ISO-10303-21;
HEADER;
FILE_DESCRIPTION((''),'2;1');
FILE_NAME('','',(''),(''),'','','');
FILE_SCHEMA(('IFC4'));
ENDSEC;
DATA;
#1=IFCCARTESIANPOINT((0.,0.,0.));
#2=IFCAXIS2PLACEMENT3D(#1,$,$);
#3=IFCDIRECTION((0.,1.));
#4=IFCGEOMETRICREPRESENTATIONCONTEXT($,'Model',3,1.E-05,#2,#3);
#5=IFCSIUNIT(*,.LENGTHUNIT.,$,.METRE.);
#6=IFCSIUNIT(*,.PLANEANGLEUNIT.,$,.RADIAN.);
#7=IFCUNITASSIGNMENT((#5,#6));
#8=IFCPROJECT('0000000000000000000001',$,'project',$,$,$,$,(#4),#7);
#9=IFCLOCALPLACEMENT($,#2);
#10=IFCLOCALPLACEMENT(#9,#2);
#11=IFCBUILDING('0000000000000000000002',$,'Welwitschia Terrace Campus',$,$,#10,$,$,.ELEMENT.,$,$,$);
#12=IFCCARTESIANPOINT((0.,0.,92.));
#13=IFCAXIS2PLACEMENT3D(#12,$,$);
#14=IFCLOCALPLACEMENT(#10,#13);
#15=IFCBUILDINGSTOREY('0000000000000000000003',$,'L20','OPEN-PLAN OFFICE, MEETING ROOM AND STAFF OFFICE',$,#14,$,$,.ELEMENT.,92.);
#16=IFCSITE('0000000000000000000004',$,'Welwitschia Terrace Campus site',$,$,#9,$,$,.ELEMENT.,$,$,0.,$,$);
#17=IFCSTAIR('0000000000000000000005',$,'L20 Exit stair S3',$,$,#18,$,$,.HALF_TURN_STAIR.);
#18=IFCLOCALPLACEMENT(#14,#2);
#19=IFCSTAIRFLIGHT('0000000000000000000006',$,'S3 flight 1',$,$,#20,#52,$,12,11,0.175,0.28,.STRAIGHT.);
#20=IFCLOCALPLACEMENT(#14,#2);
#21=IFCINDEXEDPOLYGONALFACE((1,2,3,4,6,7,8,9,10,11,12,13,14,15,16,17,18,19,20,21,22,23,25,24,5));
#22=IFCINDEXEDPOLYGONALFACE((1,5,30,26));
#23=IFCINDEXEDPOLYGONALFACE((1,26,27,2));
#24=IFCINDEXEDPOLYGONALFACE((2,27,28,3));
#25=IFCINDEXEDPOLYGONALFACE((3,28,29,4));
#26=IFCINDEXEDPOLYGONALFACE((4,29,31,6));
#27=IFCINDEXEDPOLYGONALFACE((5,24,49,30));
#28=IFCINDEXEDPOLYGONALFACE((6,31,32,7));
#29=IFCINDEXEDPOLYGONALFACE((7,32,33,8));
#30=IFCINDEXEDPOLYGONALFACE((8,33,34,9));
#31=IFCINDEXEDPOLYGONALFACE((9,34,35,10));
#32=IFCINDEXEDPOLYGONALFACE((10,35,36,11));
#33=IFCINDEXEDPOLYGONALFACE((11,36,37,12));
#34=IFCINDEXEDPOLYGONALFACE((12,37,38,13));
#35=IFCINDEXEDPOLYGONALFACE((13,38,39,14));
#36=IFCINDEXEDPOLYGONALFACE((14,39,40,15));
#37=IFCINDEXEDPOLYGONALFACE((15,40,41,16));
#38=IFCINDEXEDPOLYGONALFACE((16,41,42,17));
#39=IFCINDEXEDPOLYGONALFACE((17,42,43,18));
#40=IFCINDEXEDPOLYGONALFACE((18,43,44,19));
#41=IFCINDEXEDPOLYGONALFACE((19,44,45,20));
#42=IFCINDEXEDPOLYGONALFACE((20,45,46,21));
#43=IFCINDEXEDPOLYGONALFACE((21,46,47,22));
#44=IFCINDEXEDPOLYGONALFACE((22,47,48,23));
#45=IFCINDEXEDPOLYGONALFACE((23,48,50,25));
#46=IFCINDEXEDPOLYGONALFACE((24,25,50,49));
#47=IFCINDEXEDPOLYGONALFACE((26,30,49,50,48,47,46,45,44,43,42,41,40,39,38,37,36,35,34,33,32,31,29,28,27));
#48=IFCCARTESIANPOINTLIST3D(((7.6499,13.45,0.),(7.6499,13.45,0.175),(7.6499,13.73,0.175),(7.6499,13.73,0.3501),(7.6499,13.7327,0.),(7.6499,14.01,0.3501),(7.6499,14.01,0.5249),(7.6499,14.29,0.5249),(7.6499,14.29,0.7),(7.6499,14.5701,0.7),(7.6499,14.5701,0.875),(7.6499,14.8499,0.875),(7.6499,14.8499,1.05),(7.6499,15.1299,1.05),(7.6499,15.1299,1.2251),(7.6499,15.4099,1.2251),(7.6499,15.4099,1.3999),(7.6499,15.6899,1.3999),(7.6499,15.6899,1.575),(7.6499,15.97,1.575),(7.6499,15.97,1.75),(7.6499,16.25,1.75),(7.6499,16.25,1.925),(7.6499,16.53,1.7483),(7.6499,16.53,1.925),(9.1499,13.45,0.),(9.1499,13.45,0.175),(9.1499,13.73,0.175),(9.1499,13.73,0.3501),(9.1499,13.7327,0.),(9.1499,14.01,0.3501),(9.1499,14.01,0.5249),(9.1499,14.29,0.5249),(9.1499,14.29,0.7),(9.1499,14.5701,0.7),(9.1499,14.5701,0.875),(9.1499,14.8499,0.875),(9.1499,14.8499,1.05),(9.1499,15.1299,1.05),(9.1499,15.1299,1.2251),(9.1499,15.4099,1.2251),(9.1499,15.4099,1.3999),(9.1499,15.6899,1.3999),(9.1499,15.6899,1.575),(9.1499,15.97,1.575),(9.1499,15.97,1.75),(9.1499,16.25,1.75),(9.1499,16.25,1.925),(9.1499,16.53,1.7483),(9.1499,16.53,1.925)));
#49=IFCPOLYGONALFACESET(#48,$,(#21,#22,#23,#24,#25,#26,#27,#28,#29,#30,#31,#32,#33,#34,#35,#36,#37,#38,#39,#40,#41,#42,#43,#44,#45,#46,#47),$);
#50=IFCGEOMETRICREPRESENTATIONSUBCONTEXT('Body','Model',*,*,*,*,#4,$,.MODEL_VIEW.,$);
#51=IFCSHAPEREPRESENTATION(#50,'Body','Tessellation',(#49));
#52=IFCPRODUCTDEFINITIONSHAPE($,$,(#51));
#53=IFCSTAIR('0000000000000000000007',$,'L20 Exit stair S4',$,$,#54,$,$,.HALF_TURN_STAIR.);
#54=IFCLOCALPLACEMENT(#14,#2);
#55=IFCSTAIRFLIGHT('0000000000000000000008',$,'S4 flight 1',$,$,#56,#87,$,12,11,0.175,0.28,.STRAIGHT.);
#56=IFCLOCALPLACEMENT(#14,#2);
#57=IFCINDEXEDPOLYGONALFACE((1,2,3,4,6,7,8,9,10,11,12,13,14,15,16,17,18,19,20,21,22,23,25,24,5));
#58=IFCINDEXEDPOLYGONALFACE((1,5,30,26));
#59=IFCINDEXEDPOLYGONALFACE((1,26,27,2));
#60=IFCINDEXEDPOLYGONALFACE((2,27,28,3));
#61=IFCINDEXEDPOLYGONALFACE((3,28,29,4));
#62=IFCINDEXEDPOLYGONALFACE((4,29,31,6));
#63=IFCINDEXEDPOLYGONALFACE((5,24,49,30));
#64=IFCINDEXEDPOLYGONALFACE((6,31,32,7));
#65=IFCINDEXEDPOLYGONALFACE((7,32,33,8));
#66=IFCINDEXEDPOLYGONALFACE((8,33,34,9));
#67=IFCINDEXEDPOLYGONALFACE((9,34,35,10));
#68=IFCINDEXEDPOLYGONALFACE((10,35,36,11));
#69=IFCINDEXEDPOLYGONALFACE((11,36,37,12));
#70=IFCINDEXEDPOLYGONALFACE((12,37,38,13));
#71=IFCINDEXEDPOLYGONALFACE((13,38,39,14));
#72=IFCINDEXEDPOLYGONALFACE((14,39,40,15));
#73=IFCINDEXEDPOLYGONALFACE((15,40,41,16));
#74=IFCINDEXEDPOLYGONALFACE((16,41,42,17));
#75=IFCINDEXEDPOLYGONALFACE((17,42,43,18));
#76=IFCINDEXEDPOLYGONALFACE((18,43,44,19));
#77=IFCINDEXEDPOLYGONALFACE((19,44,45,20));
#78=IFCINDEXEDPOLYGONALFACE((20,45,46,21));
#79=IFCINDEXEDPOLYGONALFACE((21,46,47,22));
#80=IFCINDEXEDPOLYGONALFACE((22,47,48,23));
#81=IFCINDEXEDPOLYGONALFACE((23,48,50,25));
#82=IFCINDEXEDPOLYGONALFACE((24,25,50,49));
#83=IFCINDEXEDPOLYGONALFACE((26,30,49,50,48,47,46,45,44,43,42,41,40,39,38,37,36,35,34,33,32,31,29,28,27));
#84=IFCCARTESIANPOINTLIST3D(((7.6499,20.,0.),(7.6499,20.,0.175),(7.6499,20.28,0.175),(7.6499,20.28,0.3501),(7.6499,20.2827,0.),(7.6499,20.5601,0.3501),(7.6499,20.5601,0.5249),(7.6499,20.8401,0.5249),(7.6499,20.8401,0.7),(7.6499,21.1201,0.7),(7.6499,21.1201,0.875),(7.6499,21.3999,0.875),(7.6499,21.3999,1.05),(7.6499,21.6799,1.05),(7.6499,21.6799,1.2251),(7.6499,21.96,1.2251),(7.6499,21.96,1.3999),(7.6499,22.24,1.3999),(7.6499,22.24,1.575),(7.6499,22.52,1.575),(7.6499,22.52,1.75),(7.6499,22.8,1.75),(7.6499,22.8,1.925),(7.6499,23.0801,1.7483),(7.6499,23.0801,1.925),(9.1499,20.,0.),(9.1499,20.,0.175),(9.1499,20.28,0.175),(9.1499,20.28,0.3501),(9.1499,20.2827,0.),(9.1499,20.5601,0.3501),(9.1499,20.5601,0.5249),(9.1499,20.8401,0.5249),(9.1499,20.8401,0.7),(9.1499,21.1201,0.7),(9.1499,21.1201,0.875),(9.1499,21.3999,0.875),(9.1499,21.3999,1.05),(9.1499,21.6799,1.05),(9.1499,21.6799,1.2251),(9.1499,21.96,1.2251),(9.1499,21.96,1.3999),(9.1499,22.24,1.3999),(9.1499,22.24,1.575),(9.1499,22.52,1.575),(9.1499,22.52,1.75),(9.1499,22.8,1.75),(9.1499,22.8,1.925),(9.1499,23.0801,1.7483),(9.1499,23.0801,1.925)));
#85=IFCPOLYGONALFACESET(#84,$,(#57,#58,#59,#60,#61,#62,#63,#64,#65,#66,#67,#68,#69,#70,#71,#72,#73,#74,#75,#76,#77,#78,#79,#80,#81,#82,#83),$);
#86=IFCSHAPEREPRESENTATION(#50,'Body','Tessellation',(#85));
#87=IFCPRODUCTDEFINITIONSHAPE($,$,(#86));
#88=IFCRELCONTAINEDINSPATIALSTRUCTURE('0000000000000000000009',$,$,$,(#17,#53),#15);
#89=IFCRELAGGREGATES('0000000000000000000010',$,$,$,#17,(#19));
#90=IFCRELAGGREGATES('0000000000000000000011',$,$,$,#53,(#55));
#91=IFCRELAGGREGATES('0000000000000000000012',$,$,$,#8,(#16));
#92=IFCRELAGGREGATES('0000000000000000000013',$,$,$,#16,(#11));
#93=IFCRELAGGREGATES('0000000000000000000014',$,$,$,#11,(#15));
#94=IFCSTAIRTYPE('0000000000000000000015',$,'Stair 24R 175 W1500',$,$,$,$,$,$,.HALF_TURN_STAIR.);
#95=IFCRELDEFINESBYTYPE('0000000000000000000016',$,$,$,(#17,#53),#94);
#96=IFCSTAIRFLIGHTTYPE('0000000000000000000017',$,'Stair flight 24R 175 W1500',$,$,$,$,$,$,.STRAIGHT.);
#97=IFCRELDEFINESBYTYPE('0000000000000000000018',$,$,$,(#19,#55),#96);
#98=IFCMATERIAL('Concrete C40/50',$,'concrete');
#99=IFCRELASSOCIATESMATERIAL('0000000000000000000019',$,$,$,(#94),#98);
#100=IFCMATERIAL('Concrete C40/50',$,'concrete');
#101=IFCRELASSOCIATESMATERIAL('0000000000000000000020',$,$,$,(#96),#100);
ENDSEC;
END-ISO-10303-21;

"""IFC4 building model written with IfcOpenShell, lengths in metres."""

from ifc_helpers import new_model, si_unit, direction, frame, origin, place, context, subcontext, project, spatial, polyline, outline, extrude, material, type_object, element, aggregate, save


model = new_model("IFC4")

# Units and contexts
model_context = context("Model", 3, precision=1e-05, world=origin(), true_north=direction((0.0, 1.0)))
body_context = subcontext(model_context, "Body", "Model", "MODEL_VIEW")
ifc_project = project(units=[si_unit("LENGTHUNIT", "METRE"), si_unit("PLANEANGLEUNIT", "RADIAN")], contexts=[model_context])

# Site, building, storey
site_placement = place(None, origin())
site = spatial("IfcSite", under=ifc_project, at=site_placement, Name="Welwitschia Terrace Campus site", CompositionType="ELEMENT", RefElevation=0.0)
building_placement = place(site_placement, origin())
building = spatial("IfcBuilding", under=site, at=building_placement, Name="Welwitschia Terrace Campus", CompositionType="ELEMENT")
storey_placement = place(building_placement, frame((0.0, 0.0, 92.0)))
storey = spatial("IfcBuildingStorey", under=building, at=storey_placement, Name="L20", Description="OPEN-PLAN OFFICE, MEETING ROOM AND STAFF OFFICE", CompositionType="ELEMENT", Elevation=92.0)

# Stairs, stair flights
ifc_material_1 = material(Name="Concrete C40/50", Category="concrete")
stair_type = type_object("IfcStairType", Name="Stair 24R 175 W1500", PredefinedType="HALF_TURN_STAIR", material=ifc_material_1)
stair_1_placement = place(storey_placement, origin())
stair_1 = element("IfcStair", 1, at=stair_1_placement, inside=storey, type_object=stair_type, Name="L20 Exit stair S3", PredefinedType="HALF_TURN_STAIR")
ifc_material_2 = material(Name="Concrete C40/50", Category="concrete")
stair_flight_type = type_object("IfcStairFlightType", Name="Stair flight 24R 175 W1500", PredefinedType="STRAIGHT", material=ifc_material_2)
stair_flight_1_placement = place(storey_placement, frame((8.3999, 13.45, 0.0), z_axis=(0.0, 0.0, 1.0), x_axis=(0.0, 1.0, 0.0)))
stair_flight_1 = element("IfcStairFlight", 2, at=stair_flight_1_placement, type_object=stair_flight_type, Name="S3 flight 1", NumberOfRisers=12, NumberOfTreads=11, PredefinedType="STRAIGHT", RiserHeight=0.175, TreadLength=0.28, context=body_context, shape_type="SweptSolid", body=[
    extrude(outline(polyline([(0.0, 0.0), (0.0, 0.175), (0.28, 0.175), (0.28, 0.3501), (0.5601, 0.3501), (0.5601, 0.5249), (0.8401, 0.5249), (0.8401, 0.7), (1.1201, 0.7), (1.1201, 0.875), (1.3999, 0.875), (1.3999, 1.05), (1.6799, 1.05), (1.6799, 1.2251), (1.96, 1.2251), (1.96, 1.3999), (2.24, 1.3999), (2.24, 1.575), (2.52, 1.575), (2.52, 1.75), (2.8, 1.75), (2.8, 1.925), (3.0801, 1.925), (3.0801, 2.1001), (3.0801, 1.7483), (0.2827, 0.0), (0.0, 0.0)])), frame((0.0, 0.75, 0.0), z_axis=(0.0, -1.0, 0.0), x_axis=(1.0, 0.0, 0.0)), (0.0, 0.0, 1.0), 1.5),
])
aggregate(stair_1, [stair_flight_1])
stair_2_placement = place(storey_placement, origin())
stair_2 = element("IfcStair", 3, at=stair_2_placement, inside=storey, type_object=stair_type, Name="L20 Exit stair S4", PredefinedType="HALF_TURN_STAIR")
stair_flight_2_placement = place(storey_placement, frame((8.3999, 20.0, 0.0), z_axis=(0.0, 0.0, 1.0), x_axis=(0.0, 1.0, 0.0)))
stair_flight_2 = element("IfcStairFlight", 4, at=stair_flight_2_placement, type_object=stair_flight_type, Name="S4 flight 1", NumberOfRisers=12, NumberOfTreads=11, PredefinedType="STRAIGHT", RiserHeight=0.175, TreadLength=0.28, context=body_context, shape_type="SweptSolid", body=[
    extrude(outline(polyline([(0.0, 0.0), (0.0, 0.175), (0.28, 0.175), (0.28, 0.3501), (0.5601, 0.3501), (0.5601, 0.5249), (0.8401, 0.5249), (0.8401, 0.7), (1.1201, 0.7), (1.1201, 0.875), (1.3999, 0.875), (1.3999, 1.05), (1.6799, 1.05), (1.6799, 1.2251), (1.96, 1.2251), (1.96, 1.3999), (2.24, 1.3999), (2.24, 1.575), (2.52, 1.575), (2.52, 1.75), (2.8, 1.75), (2.8, 1.925), (3.0801, 1.925), (3.0801, 2.1001), (3.0801, 1.7483), (0.2827, 0.0), (0.0, 0.0)])), frame((0.0, 0.75, 0.0), z_axis=(0.0, -1.0, 0.0), x_axis=(1.0, 0.0, 0.0)), (0.0, 0.0, 1.0), 1.5),
])
aggregate(stair_2, [stair_flight_2])

save(model, "model.ifc")
